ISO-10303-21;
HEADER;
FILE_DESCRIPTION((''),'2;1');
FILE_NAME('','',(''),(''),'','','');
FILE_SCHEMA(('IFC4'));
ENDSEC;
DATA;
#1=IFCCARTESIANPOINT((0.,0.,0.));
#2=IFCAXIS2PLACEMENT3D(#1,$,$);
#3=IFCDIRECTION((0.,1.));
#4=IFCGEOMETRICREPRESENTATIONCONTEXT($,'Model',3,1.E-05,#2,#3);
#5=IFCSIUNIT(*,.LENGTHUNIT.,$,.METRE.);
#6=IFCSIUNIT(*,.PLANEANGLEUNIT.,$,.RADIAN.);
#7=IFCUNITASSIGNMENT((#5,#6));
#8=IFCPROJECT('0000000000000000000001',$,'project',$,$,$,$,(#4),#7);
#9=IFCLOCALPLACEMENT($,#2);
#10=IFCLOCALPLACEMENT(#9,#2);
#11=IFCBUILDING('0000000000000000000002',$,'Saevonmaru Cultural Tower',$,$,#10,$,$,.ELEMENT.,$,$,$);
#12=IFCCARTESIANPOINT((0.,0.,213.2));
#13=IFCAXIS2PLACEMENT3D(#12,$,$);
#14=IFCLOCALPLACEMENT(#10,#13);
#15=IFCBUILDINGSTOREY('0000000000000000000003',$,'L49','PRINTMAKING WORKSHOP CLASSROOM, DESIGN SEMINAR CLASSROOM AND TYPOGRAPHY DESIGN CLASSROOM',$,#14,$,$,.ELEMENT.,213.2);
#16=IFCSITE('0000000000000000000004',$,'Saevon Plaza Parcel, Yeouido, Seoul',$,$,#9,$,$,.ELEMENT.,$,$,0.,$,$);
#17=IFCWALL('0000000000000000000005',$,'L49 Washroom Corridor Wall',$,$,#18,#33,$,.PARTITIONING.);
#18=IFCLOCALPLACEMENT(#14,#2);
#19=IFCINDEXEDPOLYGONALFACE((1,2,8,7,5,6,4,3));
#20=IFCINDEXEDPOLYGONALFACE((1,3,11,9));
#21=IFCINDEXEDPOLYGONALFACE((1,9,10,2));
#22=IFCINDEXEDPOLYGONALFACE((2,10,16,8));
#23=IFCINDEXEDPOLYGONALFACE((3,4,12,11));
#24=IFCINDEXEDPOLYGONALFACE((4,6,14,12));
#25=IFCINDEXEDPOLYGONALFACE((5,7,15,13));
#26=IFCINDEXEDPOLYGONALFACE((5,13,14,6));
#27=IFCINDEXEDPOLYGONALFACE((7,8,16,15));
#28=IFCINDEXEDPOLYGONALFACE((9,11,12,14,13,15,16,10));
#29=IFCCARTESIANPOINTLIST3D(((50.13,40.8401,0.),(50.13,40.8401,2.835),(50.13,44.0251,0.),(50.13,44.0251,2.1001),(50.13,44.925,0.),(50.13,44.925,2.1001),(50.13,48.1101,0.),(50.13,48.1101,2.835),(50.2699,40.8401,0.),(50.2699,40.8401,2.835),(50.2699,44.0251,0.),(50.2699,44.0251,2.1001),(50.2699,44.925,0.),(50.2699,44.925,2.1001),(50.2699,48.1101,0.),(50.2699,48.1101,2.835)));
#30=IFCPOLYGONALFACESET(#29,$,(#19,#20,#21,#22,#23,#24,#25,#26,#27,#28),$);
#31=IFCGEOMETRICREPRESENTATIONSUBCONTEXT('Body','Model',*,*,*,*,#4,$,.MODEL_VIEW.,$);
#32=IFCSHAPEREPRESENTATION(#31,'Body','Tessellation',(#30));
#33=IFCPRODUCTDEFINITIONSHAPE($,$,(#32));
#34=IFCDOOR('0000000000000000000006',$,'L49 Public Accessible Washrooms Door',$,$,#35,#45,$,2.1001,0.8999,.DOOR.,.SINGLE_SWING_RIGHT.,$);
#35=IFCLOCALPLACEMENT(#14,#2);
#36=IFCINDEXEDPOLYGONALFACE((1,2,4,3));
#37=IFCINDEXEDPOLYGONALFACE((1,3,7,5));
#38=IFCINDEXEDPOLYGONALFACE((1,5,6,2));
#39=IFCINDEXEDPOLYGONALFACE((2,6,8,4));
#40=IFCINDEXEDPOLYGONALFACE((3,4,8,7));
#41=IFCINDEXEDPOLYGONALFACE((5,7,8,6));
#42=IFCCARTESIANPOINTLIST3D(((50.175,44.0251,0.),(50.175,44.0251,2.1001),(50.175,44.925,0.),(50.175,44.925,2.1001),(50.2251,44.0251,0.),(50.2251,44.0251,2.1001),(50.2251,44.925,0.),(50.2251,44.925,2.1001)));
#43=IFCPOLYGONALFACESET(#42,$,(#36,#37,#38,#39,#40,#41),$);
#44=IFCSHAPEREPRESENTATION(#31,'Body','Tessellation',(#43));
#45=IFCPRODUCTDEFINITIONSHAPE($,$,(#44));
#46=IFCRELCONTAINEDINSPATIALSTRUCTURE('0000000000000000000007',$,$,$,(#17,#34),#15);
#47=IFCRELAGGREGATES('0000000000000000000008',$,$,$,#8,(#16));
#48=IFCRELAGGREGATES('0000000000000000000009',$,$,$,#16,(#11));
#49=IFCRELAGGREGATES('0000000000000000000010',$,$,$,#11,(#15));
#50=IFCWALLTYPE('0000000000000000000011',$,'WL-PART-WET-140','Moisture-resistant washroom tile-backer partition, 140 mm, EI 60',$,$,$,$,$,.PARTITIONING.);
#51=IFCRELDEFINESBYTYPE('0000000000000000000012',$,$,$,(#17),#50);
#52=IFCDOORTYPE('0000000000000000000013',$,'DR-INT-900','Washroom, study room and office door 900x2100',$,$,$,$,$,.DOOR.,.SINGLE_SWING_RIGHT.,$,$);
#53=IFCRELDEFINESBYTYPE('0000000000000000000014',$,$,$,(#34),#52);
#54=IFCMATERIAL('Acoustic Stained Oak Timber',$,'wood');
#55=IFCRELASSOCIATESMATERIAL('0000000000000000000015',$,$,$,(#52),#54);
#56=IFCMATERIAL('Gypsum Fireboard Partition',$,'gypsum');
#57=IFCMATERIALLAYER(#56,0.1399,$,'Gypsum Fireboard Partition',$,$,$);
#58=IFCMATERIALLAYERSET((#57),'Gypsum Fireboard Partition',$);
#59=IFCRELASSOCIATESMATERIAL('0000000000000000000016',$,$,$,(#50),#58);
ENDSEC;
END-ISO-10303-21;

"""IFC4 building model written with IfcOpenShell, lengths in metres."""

from ifc_helpers import new_model, si_unit, direction, frame, frame_2d, origin, place, context, subcontext, project, spatial, rectangle, extrude, material, layer, layer_set, type_object, element, fill, save


model = new_model("IFC4")

# Units and contexts
model_context = context("Model", 3, precision=1e-05, world=origin(), true_north=direction((0.0, 1.0)))
body_context = subcontext(model_context, "Body", "Model", "MODEL_VIEW")
ifc_project = project(units=[si_unit("LENGTHUNIT", "METRE"), si_unit("PLANEANGLEUNIT", "RADIAN")], contexts=[model_context])

# Site, building, storey
site_placement = place(None, origin())
site = spatial("IfcSite", under=ifc_project, at=site_placement, Name="Saevon Plaza Parcel, Yeouido, Seoul", CompositionType="ELEMENT", RefElevation=0.0)
building_placement = place(site_placement, origin())
building = spatial("IfcBuilding", under=site, at=building_placement, Name="Saevonmaru Cultural Tower", CompositionType="ELEMENT")
storey_placement = place(building_placement, frame((0.0, 0.0, 213.2)))
storey = spatial("IfcBuildingStorey", under=building, at=storey_placement, Name="L49", Description="PRINTMAKING WORKSHOP CLASSROOM, DESIGN SEMINAR CLASSROOM AND TYPOGRAPHY DESIGN CLASSROOM", CompositionType="ELEMENT", Elevation=213.2)

# Shared definitions
ifc_material_1 = material(Name="Gypsum Fireboard Partition", Category="gypsum")

# Shared definitions
ifc_material_2 = material(Name="Acoustic Stained Oak Timber", Category="wood")
door_type_1 = type_object("IfcDoorType", Name="DR-INT-900", Description="Washroom, study room and office door 900x2100", OperationType="SINGLE_SWING_RIGHT", PredefinedType="DOOR", material=ifc_material_2)

# Shared definitions
ifc_layer_1 = layer(ifc_material_1, 0.1399, Name="Gypsum Fireboard Partition")
ifc_layer_set_1 = layer_set([ifc_layer_1], Name="Gypsum Fireboard Partition")
wall_type_1 = type_object("IfcWallType", Name="WL-PART-WET-140", Description="Moisture-resistant washroom tile-backer partition, 140 mm, EI 60", PredefinedType="PARTITIONING", material=ifc_layer_set_1)

# Wall, opening, door
wall_1_placement = place(storey_placement, frame((50.2, 40.8401, 0.0), z_axis=(0.0, 0.0, 1.0), x_axis=(0.0, 1.0, 0.0)))
wall_1 = element("IfcWall", 1, at=wall_1_placement, inside=storey, type_object=wall_type_1, Name="L49 Washroom Corridor Wall", PredefinedType="PARTITIONING", context=body_context, shape_type="SweptSolid", body=[
    extrude(rectangle(XDim=7.27, YDim=0.1399, at=frame_2d((3.635, 0.0))), origin(), (0.0, 0.0, 1.0), 2.835),
])
opening_1_placement = place(wall_1_placement, frame((3.1851, 0.0, 0.0)))
opening_1 = element("IfcOpeningElement", 2, at=opening_1_placement, cuts=wall_1, PredefinedType="OPENING", context=body_context, shape_type="SweptSolid", body=[
    extrude(rectangle(XDim=0.8999, YDim=2.1001, at=frame_2d((0.45, 1.05))), frame((0.0, 0.0801, 0.0), z_axis=(0.0, -1.0, 0.0), x_axis=(1.0, 0.0, 0.0)), (0.0, 0.0, 1.0), 0.1599),
])
door_1_placement = place(opening_1_placement, origin())
door_1 = element("IfcDoor", 3, at=door_1_placement, inside=storey, type_object=door_type_1, Name="L49 Public Accessible Washrooms Door", OperationType="SINGLE_SWING_RIGHT", OverallHeight=2.1001, OverallWidth=0.8999, PredefinedType="DOOR", context=body_context, shape_type="SweptSolid", body=[
    extrude(rectangle(XDim=0.8999, YDim=2.1001, at=frame_2d((0.45, 1.05))), frame((0.0, 0.0249, 0.0), z_axis=(0.0, -1.0, 0.0), x_axis=(1.0, 0.0, 0.0)), (0.0, 0.0, 1.0), 0.05),
])
fill(opening_1, door_1)

save(model, "model.ifc")
